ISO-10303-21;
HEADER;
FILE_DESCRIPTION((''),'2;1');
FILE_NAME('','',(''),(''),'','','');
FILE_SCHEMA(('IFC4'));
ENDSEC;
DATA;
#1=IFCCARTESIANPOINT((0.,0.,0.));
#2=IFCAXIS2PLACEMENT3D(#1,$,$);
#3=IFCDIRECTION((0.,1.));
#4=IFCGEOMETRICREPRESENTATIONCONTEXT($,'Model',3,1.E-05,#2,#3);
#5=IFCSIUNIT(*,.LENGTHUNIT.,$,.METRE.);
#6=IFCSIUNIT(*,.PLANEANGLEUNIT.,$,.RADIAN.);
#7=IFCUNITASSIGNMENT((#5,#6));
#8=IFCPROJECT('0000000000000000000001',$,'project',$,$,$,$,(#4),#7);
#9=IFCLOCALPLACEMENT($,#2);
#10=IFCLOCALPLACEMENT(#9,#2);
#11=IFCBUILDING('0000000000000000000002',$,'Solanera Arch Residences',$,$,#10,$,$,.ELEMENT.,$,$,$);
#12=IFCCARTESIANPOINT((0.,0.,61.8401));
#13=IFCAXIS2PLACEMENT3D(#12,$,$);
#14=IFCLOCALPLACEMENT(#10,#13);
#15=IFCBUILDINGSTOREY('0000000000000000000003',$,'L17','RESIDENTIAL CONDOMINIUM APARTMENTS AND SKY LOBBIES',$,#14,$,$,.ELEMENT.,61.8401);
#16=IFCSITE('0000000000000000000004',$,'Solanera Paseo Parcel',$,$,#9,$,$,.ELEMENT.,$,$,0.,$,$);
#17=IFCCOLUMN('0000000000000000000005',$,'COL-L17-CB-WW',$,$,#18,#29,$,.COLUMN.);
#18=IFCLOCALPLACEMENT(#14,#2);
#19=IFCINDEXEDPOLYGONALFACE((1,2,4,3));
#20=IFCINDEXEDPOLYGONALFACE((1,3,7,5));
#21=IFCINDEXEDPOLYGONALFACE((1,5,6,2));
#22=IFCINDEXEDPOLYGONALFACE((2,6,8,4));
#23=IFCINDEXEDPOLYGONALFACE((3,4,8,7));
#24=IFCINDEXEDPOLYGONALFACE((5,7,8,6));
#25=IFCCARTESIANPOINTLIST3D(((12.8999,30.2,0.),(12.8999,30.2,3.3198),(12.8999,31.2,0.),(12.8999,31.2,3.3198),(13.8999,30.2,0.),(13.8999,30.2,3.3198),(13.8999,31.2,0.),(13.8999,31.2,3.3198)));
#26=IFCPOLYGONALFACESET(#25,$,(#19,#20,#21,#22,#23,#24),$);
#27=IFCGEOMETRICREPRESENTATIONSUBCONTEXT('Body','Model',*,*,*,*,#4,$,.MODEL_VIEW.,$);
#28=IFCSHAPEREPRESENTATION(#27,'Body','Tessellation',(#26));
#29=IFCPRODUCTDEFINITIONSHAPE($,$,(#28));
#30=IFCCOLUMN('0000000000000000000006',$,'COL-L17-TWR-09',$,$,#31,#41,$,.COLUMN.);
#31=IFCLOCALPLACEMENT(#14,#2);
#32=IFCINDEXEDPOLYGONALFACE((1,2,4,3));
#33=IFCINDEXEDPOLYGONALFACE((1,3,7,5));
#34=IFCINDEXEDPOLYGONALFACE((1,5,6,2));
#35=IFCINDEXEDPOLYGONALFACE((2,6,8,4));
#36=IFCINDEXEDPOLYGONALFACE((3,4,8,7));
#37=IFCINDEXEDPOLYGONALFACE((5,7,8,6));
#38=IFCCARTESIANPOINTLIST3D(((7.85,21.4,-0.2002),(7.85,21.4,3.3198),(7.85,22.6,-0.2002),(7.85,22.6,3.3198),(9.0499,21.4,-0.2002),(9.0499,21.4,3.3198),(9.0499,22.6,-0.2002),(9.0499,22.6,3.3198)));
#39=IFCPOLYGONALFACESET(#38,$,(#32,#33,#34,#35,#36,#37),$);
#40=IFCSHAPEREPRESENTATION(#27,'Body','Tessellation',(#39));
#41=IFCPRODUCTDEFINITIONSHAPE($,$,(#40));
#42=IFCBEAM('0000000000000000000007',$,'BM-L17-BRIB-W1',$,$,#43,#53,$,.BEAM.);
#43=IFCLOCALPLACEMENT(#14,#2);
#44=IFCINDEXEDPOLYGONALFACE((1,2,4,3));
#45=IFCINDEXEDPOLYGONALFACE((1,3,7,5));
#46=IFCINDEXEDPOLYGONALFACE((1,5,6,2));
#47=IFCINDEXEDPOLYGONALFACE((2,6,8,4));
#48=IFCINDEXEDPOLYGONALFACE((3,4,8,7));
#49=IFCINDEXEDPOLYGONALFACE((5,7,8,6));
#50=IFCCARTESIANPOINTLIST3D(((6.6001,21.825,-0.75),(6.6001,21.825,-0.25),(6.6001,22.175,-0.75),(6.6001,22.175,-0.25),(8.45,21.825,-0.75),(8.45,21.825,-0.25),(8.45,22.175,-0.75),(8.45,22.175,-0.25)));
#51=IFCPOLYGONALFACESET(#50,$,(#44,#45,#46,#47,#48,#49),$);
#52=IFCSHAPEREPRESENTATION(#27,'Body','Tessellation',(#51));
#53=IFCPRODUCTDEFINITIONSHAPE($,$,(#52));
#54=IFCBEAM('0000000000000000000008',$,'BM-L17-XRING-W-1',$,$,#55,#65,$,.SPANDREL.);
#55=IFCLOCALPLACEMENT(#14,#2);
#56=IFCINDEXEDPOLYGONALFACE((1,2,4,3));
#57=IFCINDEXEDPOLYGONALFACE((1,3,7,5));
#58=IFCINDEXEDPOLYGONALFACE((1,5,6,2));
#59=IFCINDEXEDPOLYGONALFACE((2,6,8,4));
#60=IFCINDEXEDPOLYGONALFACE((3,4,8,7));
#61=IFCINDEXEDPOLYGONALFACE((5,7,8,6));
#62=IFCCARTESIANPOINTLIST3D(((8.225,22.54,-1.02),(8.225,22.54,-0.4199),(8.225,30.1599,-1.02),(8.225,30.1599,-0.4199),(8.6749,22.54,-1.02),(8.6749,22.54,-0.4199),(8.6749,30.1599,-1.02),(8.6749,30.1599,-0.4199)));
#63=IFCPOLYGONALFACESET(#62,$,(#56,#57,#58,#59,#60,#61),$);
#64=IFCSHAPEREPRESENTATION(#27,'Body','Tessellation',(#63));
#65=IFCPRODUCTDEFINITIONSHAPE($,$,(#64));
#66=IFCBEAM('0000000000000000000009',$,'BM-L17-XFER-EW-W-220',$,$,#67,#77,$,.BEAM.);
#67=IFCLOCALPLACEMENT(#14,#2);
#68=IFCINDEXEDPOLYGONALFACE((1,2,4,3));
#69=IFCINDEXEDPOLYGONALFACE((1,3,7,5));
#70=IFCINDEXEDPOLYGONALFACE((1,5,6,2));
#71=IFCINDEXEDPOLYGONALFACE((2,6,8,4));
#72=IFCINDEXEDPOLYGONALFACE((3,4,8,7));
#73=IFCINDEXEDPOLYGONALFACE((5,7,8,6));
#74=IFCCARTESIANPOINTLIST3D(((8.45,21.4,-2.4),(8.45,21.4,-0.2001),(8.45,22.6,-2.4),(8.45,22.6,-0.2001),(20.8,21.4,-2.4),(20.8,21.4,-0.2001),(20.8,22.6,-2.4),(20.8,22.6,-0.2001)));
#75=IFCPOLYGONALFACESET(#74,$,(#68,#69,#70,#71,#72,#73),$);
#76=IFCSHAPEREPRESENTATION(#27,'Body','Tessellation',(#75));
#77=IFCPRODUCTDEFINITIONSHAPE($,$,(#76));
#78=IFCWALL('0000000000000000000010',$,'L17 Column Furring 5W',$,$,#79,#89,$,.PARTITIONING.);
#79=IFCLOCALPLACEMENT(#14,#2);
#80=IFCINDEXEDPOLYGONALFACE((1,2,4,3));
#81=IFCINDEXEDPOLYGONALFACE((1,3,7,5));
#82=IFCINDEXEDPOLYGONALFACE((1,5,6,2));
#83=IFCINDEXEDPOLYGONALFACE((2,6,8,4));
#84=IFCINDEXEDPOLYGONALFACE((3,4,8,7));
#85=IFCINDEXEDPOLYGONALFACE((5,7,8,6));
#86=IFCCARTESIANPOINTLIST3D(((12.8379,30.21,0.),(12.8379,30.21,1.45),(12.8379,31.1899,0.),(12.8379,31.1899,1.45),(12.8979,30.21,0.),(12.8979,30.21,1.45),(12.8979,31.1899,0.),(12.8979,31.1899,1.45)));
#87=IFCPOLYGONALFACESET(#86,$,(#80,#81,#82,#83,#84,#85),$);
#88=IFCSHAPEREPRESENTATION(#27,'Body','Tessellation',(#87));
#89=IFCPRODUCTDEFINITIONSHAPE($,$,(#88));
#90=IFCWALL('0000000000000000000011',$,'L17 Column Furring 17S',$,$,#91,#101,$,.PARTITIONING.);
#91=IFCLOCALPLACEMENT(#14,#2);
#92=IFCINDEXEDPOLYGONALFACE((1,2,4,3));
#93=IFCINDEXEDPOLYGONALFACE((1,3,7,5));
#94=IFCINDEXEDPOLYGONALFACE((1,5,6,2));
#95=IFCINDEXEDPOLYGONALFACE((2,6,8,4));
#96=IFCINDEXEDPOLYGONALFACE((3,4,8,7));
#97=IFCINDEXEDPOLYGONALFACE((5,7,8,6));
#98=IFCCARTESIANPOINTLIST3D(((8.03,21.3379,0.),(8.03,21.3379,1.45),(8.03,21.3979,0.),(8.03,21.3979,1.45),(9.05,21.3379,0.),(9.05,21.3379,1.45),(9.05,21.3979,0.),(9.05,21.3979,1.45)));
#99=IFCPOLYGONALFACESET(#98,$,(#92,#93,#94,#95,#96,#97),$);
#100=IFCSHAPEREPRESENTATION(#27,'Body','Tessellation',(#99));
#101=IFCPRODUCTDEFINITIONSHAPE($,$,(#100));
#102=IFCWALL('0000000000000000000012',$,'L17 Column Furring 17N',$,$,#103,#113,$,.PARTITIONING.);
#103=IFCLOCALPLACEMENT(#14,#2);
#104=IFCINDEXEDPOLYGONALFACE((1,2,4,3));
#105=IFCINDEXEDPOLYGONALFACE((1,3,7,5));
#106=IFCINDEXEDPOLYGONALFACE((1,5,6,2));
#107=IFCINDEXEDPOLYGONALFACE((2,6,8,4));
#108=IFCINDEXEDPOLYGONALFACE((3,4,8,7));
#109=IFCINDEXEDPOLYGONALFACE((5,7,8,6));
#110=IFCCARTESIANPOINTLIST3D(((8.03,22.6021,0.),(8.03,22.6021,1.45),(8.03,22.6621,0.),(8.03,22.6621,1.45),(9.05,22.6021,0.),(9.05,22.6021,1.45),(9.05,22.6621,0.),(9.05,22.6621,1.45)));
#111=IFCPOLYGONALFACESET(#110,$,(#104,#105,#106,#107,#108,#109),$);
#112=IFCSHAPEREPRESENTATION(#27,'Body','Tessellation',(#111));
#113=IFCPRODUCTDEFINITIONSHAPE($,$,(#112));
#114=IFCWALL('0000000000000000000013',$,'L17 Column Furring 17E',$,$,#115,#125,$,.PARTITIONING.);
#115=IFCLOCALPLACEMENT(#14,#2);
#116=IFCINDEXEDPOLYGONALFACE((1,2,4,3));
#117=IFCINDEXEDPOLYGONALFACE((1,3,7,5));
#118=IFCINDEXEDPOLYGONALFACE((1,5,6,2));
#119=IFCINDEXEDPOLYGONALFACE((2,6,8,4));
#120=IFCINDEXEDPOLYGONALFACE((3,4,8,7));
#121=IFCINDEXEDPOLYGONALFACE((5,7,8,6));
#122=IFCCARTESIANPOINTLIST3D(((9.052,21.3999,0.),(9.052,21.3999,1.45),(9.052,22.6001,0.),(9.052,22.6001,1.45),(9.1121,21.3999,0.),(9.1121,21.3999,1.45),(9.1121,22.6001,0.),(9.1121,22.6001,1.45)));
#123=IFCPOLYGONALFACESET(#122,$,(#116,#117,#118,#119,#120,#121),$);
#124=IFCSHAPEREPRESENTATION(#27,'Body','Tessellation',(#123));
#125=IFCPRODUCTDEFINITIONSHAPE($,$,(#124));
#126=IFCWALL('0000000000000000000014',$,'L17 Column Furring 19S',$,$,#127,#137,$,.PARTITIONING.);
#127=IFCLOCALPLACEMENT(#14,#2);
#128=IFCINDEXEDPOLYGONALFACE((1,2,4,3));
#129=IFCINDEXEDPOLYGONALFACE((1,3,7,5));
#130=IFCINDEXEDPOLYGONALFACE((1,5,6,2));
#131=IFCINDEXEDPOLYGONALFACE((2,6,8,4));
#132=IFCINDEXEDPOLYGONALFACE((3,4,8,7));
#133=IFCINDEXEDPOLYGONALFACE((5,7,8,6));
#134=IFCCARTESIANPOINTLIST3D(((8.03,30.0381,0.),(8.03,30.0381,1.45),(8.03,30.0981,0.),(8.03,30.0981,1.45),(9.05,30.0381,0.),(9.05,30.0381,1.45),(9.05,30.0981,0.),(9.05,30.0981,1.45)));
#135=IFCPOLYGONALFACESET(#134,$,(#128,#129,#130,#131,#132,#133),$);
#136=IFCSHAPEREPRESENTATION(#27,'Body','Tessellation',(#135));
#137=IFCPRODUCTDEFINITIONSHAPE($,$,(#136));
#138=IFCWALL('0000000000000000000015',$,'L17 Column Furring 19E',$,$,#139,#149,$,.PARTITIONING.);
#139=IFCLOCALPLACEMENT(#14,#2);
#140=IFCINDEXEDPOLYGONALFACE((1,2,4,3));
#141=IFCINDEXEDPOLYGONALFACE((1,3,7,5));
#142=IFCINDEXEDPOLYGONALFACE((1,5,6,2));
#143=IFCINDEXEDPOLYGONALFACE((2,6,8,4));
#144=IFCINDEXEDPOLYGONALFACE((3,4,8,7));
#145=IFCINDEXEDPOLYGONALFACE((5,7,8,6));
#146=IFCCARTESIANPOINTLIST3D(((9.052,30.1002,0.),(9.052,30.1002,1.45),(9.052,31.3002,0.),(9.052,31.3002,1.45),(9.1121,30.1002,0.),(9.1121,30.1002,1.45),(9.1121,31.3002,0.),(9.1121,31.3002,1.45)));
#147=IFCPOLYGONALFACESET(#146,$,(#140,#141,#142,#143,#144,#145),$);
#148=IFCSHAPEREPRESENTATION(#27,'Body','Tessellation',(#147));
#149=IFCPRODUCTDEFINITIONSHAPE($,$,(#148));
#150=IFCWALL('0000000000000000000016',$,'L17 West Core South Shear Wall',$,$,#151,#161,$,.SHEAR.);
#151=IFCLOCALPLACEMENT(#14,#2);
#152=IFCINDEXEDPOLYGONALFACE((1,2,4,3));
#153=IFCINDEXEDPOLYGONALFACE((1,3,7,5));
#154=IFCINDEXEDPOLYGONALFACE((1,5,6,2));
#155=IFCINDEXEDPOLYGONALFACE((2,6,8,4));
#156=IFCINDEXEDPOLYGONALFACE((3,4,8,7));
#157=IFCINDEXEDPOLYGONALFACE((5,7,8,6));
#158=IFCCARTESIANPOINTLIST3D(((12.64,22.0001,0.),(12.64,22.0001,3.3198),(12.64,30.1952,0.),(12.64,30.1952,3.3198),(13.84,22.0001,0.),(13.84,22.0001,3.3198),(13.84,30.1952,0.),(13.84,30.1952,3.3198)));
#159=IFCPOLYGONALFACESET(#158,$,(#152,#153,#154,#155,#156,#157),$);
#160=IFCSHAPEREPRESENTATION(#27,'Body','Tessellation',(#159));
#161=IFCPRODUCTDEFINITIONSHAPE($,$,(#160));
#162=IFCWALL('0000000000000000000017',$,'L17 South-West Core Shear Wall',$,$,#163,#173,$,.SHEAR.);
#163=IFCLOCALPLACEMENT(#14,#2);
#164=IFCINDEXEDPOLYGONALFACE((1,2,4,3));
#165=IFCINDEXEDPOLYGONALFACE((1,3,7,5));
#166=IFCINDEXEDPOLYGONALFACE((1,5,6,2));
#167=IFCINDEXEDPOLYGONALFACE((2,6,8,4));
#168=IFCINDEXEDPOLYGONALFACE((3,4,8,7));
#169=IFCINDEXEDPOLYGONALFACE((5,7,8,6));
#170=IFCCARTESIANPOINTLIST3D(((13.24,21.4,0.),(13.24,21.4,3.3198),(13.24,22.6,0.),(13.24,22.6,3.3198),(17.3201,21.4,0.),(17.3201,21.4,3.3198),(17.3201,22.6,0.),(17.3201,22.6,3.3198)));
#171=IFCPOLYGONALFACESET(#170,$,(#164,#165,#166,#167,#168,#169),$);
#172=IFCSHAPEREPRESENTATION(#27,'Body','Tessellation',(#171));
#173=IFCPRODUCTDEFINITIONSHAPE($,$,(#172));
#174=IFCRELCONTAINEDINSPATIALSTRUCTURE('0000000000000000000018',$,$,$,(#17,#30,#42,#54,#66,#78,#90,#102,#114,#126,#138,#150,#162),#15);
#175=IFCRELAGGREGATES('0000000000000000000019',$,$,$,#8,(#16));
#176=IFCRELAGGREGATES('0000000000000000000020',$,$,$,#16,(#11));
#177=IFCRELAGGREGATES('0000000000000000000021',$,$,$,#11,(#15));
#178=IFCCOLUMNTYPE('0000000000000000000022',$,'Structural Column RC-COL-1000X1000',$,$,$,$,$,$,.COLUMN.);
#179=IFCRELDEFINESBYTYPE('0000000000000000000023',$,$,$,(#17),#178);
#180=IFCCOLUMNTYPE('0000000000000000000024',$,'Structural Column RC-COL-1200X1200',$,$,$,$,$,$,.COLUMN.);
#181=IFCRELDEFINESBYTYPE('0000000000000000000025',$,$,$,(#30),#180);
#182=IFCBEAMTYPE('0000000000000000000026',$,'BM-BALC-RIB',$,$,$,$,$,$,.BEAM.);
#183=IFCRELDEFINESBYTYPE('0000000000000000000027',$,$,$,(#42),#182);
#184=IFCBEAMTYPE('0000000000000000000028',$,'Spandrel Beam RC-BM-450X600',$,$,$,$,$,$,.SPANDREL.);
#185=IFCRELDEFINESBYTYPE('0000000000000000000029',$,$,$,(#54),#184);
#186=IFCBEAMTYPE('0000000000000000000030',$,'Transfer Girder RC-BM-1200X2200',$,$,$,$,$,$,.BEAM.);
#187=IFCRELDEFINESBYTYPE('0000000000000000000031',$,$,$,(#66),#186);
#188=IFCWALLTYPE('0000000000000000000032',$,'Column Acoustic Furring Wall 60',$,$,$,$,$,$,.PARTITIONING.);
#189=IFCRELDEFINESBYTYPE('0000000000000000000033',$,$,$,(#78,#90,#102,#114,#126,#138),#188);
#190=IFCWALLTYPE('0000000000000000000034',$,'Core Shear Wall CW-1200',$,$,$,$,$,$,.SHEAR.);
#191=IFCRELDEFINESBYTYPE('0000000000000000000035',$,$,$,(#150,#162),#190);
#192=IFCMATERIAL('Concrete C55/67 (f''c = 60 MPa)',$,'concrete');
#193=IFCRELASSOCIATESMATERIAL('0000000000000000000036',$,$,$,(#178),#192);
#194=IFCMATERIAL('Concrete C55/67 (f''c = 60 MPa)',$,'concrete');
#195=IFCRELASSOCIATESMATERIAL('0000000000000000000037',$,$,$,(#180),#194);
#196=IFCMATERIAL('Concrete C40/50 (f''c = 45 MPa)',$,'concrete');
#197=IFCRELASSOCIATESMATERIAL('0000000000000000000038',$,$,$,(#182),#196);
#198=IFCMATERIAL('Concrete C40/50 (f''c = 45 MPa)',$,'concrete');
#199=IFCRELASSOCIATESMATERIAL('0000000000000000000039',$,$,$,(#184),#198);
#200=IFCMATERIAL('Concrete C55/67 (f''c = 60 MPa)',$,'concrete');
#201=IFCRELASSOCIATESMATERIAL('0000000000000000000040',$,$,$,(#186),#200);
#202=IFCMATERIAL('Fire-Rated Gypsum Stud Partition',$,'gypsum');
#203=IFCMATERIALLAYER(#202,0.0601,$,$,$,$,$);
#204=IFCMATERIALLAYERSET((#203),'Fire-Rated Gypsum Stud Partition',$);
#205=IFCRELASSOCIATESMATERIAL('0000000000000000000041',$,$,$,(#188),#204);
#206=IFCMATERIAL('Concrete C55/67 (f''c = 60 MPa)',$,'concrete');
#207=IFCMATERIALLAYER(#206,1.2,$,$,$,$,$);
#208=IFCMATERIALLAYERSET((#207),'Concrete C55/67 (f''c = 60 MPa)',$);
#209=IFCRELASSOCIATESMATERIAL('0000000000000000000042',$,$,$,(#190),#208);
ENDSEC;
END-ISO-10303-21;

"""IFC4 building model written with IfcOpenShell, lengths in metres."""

from ifc_helpers import new_model, si_unit, direction, frame, frame_2d, origin, origin_2d, place, context, subcontext, project, spatial, rectangle, extrude, material, layer, layer_set, material_profile, profile_set, type_object, element, save


model = new_model("IFC4")

# Units and contexts
model_context = context("Model", 3, precision=1e-05, world=origin(), true_north=direction((0.0, 1.0)))
body_context = subcontext(model_context, "Body", "Model", "MODEL_VIEW")
ifc_project = project(units=[si_unit("LENGTHUNIT", "METRE"), si_unit("PLANEANGLEUNIT", "RADIAN")], contexts=[model_context])

# Site, building, storey
site_placement = place(None, origin())
site = spatial("IfcSite", under=ifc_project, at=site_placement, Name="Solanera Paseo Parcel", CompositionType="ELEMENT", RefElevation=0.0)
building_placement = place(site_placement, origin())
building = spatial("IfcBuilding", under=site, at=building_placement, Name="Solanera Arch Residences", CompositionType="ELEMENT")
storey_placement = place(building_placement, frame((0.0, 0.0, 61.8401)))
storey = spatial("IfcBuildingStorey", under=building, at=storey_placement, Name="L17", Description="RESIDENTIAL CONDOMINIUM APARTMENTS AND SKY LOBBIES", CompositionType="ELEMENT", Elevation=61.8401)

# Columns
ifc_material_1 = material(Name="Concrete C55/67 (f'c = 60 MPa)", Category="concrete")
ifc_material_profile_1 = material_profile(ifc_material_1, rectangle(XDim=1.0, YDim=1.0, at=origin_2d()))
ifc_profile_set_1 = profile_set([ifc_material_profile_1], Name="Concrete C55/67 (f'c = 60 MPa)")
column_type_1 = type_object("IfcColumnType", Name="Structural Column RC-COL-1000X1000", PredefinedType="COLUMN", material=ifc_profile_set_1)
column_1_placement = place(storey_placement, frame((13.3999, 30.7, 0.0), z_axis=(0.0, 0.0, 1.0), x_axis=(1.0, 0.0, 0.0)))
element("IfcColumn", 1, at=column_1_placement, inside=storey, type_object=column_type_1, Name="COL-L17-CB-WW", PredefinedType="COLUMN", context=body_context, shape_type="SweptSolid", body=[
    extrude(rectangle(XDim=1.0, YDim=1.0, at=origin_2d()), origin(), (0.0, 0.0, 1.0), 3.3198),
])
ifc_material_2 = material(Name="Concrete C55/67 (f'c = 60 MPa)", Category="concrete")
ifc_material_profile_2 = material_profile(ifc_material_2, rectangle(XDim=1.2, YDim=1.2, at=origin_2d()))
ifc_profile_set_2 = profile_set([ifc_material_profile_2], Name="Concrete C55/67 (f'c = 60 MPa)")
column_type_2 = type_object("IfcColumnType", Name="Structural Column RC-COL-1200X1200", PredefinedType="COLUMN", material=ifc_profile_set_2)
column_2_placement = place(storey_placement, frame((8.45, 22.0, -0.2002), z_axis=(0.0, 0.0, 1.0), x_axis=(1.0, 0.0, 0.0)))
element("IfcColumn", 2, at=column_2_placement, inside=storey, type_object=column_type_2, Name="COL-L17-TWR-09", PredefinedType="COLUMN", context=body_context, shape_type="SweptSolid", body=[
    extrude(rectangle(XDim=1.2, YDim=1.2, at=origin_2d()), origin(), (0.0, 0.0, 1.0), 3.52),
])

# Beams
ifc_material_3 = material(Name="Concrete C40/50 (f'c = 45 MPa)", Category="concrete")
ifc_material_profile_3 = material_profile(ifc_material_3, rectangle(XDim=0.3501, YDim=0.5, at=origin_2d()))
ifc_profile_set_3 = profile_set([ifc_material_profile_3], Name="Concrete C40/50 (f'c = 45 MPa)")
beam_type_1 = type_object("IfcBeamType", Name="BM-BALC-RIB", PredefinedType="BEAM", material=ifc_profile_set_3)
beam_1_placement = place(storey_placement, frame((6.6001, 22.0, -0.5), z_axis=(1.0, 0.0, 0.0), x_axis=(0.0, 1.0, 0.0)))
element("IfcBeam", 3, at=beam_1_placement, inside=storey, type_object=beam_type_1, Name="BM-L17-BRIB-W1", PredefinedType="BEAM", context=body_context, shape_type="SweptSolid", body=[
    extrude(rectangle(XDim=0.3501, YDim=0.5, at=origin_2d()), origin(), (0.0, 0.0, 1.0), 1.8499),
])
ifc_material_4 = material(Name="Concrete C40/50 (f'c = 45 MPa)", Category="concrete")
ifc_material_profile_4 = material_profile(ifc_material_4, rectangle(XDim=0.45, YDim=0.6001, at=origin_2d()))
ifc_profile_set_4 = profile_set([ifc_material_profile_4], Name="Concrete C40/50 (f'c = 45 MPa)")
beam_type_2 = type_object("IfcBeamType", Name="Spandrel Beam RC-BM-450X600", PredefinedType="SPANDREL", material=ifc_profile_set_4)
beam_2_placement = place(storey_placement, frame((8.45, 22.54, -0.72), z_axis=(0.0, 1.0, 0.0), x_axis=(-1.0, 0.0, 0.0)))
element("IfcBeam", 4, at=beam_2_placement, inside=storey, type_object=beam_type_2, Name="BM-L17-XRING-W-1", PredefinedType="SPANDREL", context=body_context, shape_type="SweptSolid", body=[
    extrude(rectangle(XDim=0.45, YDim=0.6001, at=origin_2d()), origin(), (0.0, 0.0, 1.0), 7.6199),
])
ifc_material_5 = material(Name="Concrete C55/67 (f'c = 60 MPa)", Category="concrete")
ifc_material_profile_5 = material_profile(ifc_material_5, rectangle(XDim=1.2, YDim=2.2, at=origin_2d()))
ifc_profile_set_5 = profile_set([ifc_material_profile_5], Name="Concrete C55/67 (f'c = 60 MPa)")
beam_type_3 = type_object("IfcBeamType", Name="Transfer Girder RC-BM-1200X2200", PredefinedType="BEAM", material=ifc_profile_set_5)
beam_3_placement = place(storey_placement, frame((8.45, 22.0, -1.3), z_axis=(1.0, 0.0, 0.0), x_axis=(0.0, 1.0, 0.0)))
element("IfcBeam", 5, at=beam_3_placement, inside=storey, type_object=beam_type_3, Name="BM-L17-XFER-EW-W-220", PredefinedType="BEAM", context=body_context, shape_type="SweptSolid", body=[
    extrude(rectangle(XDim=1.2, YDim=2.2, at=origin_2d()), origin(), (0.0, 0.0, 1.0), 12.3501),
])

# Walls
ifc_material_6 = material(Name="Fire-Rated Gypsum Stud Partition", Category="gypsum")
ifc_layer_1 = layer(ifc_material_6, 0.0601)
ifc_layer_set_1 = layer_set([ifc_layer_1], Name="Fire-Rated Gypsum Stud Partition")
wall_type_1 = type_object("IfcWallType", Name="Column Acoustic Furring Wall 60", PredefinedType="PARTITIONING", material=ifc_layer_set_1)
wall_1_placement = place(storey_placement, frame((12.8679, 30.21, 0.0), z_axis=(0.0, 0.0, 1.0), x_axis=(0.0, 1.0, 0.0)))
element("IfcWall", 6, at=wall_1_placement, inside=storey, type_object=wall_type_1, Name="L17 Column Furring 5W", PredefinedType="PARTITIONING", context=body_context, shape_type="SweptSolid", body=[
    extrude(rectangle(XDim=0.98, YDim=0.0601, at=frame_2d((0.49, 0.0))), origin(), (0.0, 0.0, 1.0), 1.45),
])
for number, where, z_axis, x_axis, name in (
    (7, (8.03, 21.3679, 0.0), (0.0, 0.0, 1.0), (1.0, 0.0, 0.0), "L17 Column Furring 17S"),
    (8, (8.03, 22.6321, 0.0), (0.0, 0.0, 1.0), (1.0, 0.0, 0.0), "L17 Column Furring 17N"),
):
    element("IfcWall", number, at=place(storey_placement, frame(where, z_axis=z_axis, x_axis=x_axis)), inside=storey, type_object=wall_type_1, Name=name, PredefinedType="PARTITIONING", context=body_context, shape_type="SweptSolid", body=[
        extrude(rectangle(XDim=1.02, YDim=0.0601, at=frame_2d((0.51, 0.0))), origin(), (0.0, 0.0, 1.0), 1.45),
    ])
wall_2_placement = place(storey_placement, frame((9.082, 21.3999, 0.0), z_axis=(0.0, 0.0, 1.0), x_axis=(0.0, 1.0, 0.0)))
element("IfcWall", 9, at=wall_2_placement, inside=storey, type_object=wall_type_1, Name="L17 Column Furring 17E", PredefinedType="PARTITIONING", context=body_context, shape_type="SweptSolid", body=[
    extrude(rectangle(XDim=1.2002, YDim=0.0601, at=frame_2d((0.6001, 0.0))), origin(), (0.0, 0.0, 1.0), 1.45),
])
wall_3_placement = place(storey_placement, frame((8.03, 30.0681, 0.0), z_axis=(0.0, 0.0, 1.0), x_axis=(1.0, 0.0, 0.0)))
element("IfcWall", 10, at=wall_3_placement, inside=storey, type_object=wall_type_1, Name="L17 Column Furring 19S", PredefinedType="PARTITIONING", context=body_context, shape_type="SweptSolid", body=[
    extrude(rectangle(XDim=1.02, YDim=0.0601, at=frame_2d((0.51, 0.0))), origin(), (0.0, 0.0, 1.0), 1.45),
])
wall_4_placement = place(storey_placement, frame((9.082, 30.1001, 0.0), z_axis=(0.0, 0.0, 1.0), x_axis=(0.0, 1.0, 0.0)))
element("IfcWall", 11, at=wall_4_placement, inside=storey, type_object=wall_type_1, Name="L17 Column Furring 19E", PredefinedType="PARTITIONING", context=body_context, shape_type="SweptSolid", body=[
    extrude(rectangle(XDim=1.2, YDim=0.0601, at=frame_2d((0.6001, 0.0))), origin(), (0.0, 0.0, 1.0), 1.45),
])
ifc_material_7 = material(Name="Concrete C55/67 (f'c = 60 MPa)", Category="concrete")
ifc_layer_2 = layer(ifc_material_7, 1.2)
ifc_layer_set_2 = layer_set([ifc_layer_2], Name="Concrete C55/67 (f'c = 60 MPa)")
wall_type_2 = type_object("IfcWallType", Name="Core Shear Wall CW-1200", PredefinedType="SHEAR", material=ifc_layer_set_2)
wall_5_placement = place(storey_placement, frame((13.24, 22.0, 0.0), z_axis=(0.0, 0.0, 1.0), x_axis=(0.0, 1.0, 0.0)))
element("IfcWall", 12, at=wall_5_placement, inside=storey, type_object=wall_type_2, Name="L17 West Core South Shear Wall", PredefinedType="SHEAR", context=body_context, shape_type="SweptSolid", body=[
    extrude(rectangle(XDim=8.1951, YDim=1.2, at=frame_2d((4.0977, 0.0))), origin(), (0.0, 0.0, 1.0), 3.3198),
])
wall_6_placement = place(storey_placement, frame((13.24, 22.0, 0.0), z_axis=(0.0, 0.0, 1.0), x_axis=(1.0, 0.0, 0.0)))
element("IfcWall", 13, at=wall_6_placement, inside=storey, type_object=wall_type_2, Name="L17 South-West Core Shear Wall", PredefinedType="SHEAR", context=body_context, shape_type="SweptSolid", body=[
    extrude(rectangle(XDim=4.0801, YDim=1.2, at=frame_2d((2.04, 0.0))), origin(), (0.0, 0.0, 1.0), 3.3198),
])

save(model, "model.ifc")
